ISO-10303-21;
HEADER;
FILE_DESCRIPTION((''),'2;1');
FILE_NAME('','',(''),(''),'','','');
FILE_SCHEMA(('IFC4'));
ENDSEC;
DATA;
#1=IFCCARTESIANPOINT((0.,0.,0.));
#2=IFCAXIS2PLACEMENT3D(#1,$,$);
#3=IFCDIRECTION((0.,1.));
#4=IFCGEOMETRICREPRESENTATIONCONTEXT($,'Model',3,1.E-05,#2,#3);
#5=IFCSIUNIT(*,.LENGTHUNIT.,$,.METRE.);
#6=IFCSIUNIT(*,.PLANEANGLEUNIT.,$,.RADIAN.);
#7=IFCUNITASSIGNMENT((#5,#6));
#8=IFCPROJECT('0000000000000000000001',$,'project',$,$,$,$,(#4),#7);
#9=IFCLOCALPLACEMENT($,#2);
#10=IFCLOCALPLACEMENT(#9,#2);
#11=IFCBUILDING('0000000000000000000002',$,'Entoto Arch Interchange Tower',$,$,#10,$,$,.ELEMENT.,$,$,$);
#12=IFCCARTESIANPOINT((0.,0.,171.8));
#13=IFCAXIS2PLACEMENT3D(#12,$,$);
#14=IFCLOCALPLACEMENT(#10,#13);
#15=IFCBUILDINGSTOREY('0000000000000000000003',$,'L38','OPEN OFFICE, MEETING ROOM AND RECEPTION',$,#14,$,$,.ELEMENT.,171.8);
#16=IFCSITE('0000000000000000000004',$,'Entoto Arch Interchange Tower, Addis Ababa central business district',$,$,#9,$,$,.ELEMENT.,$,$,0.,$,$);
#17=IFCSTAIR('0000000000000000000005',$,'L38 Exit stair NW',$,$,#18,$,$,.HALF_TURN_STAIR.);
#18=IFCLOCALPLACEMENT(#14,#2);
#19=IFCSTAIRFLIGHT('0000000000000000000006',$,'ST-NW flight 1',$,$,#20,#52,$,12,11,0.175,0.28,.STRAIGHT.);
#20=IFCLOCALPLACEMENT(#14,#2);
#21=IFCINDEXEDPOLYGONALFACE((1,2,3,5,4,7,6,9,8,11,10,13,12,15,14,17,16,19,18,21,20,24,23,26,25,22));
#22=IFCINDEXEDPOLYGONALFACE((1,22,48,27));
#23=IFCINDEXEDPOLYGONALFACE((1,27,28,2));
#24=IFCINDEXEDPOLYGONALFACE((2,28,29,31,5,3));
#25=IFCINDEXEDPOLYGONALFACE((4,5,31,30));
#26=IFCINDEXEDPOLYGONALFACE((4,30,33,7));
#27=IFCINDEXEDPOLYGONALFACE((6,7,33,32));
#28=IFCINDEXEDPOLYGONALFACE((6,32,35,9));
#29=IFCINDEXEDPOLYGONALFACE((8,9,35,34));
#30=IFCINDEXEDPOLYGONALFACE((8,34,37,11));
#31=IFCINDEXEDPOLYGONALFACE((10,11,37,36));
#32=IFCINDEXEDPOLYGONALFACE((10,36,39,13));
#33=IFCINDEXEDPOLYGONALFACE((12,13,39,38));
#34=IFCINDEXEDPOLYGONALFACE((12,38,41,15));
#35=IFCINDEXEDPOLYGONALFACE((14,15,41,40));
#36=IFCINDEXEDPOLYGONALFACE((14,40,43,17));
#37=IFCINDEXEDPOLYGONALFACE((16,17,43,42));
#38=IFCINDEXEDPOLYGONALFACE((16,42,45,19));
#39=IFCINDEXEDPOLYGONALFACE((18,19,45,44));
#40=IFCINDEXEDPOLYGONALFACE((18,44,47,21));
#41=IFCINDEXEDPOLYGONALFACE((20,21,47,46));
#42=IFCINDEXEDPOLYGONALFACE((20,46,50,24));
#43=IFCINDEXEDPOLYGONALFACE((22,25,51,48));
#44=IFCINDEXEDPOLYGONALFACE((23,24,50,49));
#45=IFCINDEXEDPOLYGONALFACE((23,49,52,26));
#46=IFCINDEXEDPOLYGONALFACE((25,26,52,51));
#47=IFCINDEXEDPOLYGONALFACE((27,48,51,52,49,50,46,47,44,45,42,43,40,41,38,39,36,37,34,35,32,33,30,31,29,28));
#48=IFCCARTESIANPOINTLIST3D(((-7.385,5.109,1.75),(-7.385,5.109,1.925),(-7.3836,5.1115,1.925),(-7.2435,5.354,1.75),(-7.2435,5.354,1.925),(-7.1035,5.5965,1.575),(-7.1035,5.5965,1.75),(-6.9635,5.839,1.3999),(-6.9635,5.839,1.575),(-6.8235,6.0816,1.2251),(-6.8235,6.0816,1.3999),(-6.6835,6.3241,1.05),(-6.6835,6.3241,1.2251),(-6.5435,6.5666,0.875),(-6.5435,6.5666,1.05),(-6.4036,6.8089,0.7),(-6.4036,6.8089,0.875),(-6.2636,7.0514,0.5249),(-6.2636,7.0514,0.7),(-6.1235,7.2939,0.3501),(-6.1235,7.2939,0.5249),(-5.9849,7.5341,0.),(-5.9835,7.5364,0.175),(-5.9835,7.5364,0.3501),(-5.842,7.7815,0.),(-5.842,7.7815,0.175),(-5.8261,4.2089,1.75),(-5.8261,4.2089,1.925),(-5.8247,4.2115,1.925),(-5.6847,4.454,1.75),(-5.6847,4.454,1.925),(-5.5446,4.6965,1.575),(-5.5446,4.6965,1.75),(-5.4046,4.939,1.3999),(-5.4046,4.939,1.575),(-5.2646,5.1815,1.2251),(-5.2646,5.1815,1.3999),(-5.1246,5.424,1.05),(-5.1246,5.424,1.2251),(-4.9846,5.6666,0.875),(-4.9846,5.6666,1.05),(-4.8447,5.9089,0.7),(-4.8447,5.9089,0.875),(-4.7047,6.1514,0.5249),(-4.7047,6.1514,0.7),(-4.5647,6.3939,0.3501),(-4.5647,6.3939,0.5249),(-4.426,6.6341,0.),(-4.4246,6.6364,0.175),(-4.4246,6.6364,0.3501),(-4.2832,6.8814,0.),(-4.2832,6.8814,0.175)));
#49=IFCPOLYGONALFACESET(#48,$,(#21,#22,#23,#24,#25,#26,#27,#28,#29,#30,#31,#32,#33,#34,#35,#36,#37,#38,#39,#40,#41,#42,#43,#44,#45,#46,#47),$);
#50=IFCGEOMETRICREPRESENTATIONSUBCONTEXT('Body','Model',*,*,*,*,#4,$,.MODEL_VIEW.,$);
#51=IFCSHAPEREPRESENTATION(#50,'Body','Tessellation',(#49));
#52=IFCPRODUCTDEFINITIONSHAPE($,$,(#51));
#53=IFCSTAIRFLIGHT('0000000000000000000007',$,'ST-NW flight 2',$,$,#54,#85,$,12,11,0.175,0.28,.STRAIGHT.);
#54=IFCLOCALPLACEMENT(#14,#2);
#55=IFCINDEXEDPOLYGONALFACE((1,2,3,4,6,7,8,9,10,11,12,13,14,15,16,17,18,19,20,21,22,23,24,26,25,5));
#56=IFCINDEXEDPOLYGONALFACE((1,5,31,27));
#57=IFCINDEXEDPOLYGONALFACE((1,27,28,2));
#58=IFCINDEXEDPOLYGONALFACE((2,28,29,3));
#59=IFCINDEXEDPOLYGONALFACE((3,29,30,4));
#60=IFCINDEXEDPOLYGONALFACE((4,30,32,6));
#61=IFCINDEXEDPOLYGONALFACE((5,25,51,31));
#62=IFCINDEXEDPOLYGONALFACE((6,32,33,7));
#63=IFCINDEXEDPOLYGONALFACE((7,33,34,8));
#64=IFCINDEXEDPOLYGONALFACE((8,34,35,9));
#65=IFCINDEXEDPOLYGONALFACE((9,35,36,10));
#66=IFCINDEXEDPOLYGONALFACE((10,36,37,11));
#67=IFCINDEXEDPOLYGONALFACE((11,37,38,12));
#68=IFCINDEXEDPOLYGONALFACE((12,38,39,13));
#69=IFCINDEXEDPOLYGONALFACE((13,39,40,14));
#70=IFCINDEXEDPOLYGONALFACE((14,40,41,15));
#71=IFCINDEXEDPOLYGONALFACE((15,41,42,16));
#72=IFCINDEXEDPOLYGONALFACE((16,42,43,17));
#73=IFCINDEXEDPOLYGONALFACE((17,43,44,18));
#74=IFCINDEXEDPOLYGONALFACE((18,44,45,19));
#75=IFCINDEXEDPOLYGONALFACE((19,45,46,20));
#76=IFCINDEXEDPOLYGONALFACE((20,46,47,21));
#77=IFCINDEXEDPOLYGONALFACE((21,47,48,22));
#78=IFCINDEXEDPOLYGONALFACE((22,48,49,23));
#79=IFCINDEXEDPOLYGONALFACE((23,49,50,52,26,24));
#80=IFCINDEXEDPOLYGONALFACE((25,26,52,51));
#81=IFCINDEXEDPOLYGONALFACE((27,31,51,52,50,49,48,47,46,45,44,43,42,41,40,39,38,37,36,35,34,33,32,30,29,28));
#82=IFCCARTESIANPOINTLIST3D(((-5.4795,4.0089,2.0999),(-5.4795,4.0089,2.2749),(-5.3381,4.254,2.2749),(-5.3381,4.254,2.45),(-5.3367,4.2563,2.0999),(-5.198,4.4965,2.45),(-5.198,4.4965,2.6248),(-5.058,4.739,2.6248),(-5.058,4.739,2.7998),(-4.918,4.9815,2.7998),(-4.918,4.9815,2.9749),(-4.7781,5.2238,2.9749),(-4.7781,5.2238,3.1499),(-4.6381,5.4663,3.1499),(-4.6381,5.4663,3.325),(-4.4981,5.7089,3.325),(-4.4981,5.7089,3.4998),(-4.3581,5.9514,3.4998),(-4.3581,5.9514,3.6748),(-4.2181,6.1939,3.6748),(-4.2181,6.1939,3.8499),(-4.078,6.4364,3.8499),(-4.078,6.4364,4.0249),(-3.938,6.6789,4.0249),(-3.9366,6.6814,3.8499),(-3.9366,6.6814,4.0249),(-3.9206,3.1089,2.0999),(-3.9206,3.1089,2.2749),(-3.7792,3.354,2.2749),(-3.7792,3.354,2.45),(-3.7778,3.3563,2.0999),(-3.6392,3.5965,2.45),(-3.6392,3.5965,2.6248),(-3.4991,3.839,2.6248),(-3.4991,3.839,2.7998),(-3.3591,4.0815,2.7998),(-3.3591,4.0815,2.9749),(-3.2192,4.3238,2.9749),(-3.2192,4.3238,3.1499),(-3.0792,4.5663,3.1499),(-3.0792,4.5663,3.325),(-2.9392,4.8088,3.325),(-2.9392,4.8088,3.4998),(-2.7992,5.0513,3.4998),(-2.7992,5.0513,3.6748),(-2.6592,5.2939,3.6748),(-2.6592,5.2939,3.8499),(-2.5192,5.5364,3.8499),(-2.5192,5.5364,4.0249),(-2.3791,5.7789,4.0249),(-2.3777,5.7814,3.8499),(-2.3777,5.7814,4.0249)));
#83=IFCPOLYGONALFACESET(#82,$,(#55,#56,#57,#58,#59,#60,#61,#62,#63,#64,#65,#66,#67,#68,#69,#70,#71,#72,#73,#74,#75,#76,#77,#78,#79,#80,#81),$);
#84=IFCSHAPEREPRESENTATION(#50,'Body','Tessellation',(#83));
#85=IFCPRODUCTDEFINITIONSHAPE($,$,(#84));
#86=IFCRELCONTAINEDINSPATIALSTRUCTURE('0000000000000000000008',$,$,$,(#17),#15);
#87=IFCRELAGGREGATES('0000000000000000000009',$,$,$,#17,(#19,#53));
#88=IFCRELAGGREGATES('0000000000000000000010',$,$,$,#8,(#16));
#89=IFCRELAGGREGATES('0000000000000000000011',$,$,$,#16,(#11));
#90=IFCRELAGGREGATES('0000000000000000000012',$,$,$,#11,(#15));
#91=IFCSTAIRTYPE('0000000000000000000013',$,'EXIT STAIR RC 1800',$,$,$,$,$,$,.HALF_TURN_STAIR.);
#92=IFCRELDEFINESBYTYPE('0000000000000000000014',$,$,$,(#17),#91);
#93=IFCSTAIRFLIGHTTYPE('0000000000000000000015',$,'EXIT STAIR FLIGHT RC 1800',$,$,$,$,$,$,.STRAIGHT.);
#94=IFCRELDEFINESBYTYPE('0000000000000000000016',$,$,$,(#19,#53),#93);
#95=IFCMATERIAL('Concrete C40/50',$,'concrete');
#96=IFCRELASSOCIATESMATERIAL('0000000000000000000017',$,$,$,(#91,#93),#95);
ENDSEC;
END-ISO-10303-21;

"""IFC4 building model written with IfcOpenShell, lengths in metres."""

from ifc_helpers import new_model, si_unit, direction, frame, origin, place, context, subcontext, project, spatial, polyline, outline, extrude, material, type_object, element, aggregate, save


model = new_model("IFC4")

# Units and contexts
model_context = context("Model", 3, precision=1e-05, world=origin(), true_north=direction((0.0, 1.0)))
body_context = subcontext(model_context, "Body", "Model", "MODEL_VIEW")
ifc_project = project(units=[si_unit("LENGTHUNIT", "METRE"), si_unit("PLANEANGLEUNIT", "RADIAN")], contexts=[model_context])

# Site, building, storey
site_placement = place(None, origin())
site = spatial("IfcSite", under=ifc_project, at=site_placement, Name="Entoto Arch Interchange Tower, Addis Ababa central business district", CompositionType="ELEMENT", RefElevation=0.0)
building_placement = place(site_placement, origin())
building = spatial("IfcBuilding", under=site, at=building_placement, Name="Entoto Arch Interchange Tower", CompositionType="ELEMENT")
storey_placement = place(building_placement, frame((0.0, 0.0, 171.8)))
storey = spatial("IfcBuildingStorey", under=building, at=storey_placement, Name="L38", Description="OPEN OFFICE, MEETING ROOM AND RECEPTION", CompositionType="ELEMENT", Elevation=171.8)

# Shared definitions
ifc_material_1 = material(Name="Concrete C40/50", Category="concrete")

# Stair, stair flights
stair_type = type_object("IfcStairType", Name="EXIT STAIR RC 1800", PredefinedType="HALF_TURN_STAIR", material=ifc_material_1)
stair_placement = place(storey_placement, origin())
stair = element("IfcStair", 1, at=stair_placement, inside=storey, type_object=stair_type, Name="L38 Exit stair NW", PredefinedType="HALF_TURN_STAIR")
stair_flight_type = type_object("IfcStairFlightType", Name="EXIT STAIR FLIGHT RC 1800", PredefinedType="STRAIGHT", material=ifc_material_1)
stair_flight_1_placement = place(storey_placement, frame((-5.064, 7.3289, 0.0), z_axis=(0.0, 0.0, 1.0), x_axis=(-0.5, -0.866025, 0.0)))
stair_flight_1 = element("IfcStairFlight", 2, at=stair_flight_1_placement, type_object=stair_flight_type, Name="ST-NW flight 1", NumberOfRisers=12, NumberOfTreads=11, PredefinedType="STRAIGHT", RiserHeight=0.175, TreadLength=0.28, context=body_context, shape_type="SweptSolid", body=[
    extrude(outline(polyline([(-0.0029, 0.0), (-0.0029, 0.175), (0.28, 0.175), (0.28, 0.3501), (0.5601, 0.3501), (0.5601, 0.5249), (0.8401, 0.5249), (0.8401, 0.7), (1.1201, 0.7), (1.1201, 0.875), (1.3999, 0.875), (1.3999, 1.05), (1.6799, 1.05), (1.6799, 1.2251), (1.96, 1.2251), (1.96, 1.3999), (2.24, 1.3999), (2.24, 1.575), (2.52, 1.575), (2.52, 1.75), (2.8, 1.75), (2.8, 1.925), (3.0801, 1.925), (3.083, 1.925), (3.083, 1.75), (0.2827, 0.0), (-0.0029, 0.0)])), frame((0.0, 0.8999, 0.0), z_axis=(0.0, -1.0, 0.0), x_axis=(1.0, 0.0, 0.0)), (0.0, 0.0, 1.0), 1.8),
])
stair_flight_2_placement = place(storey_placement, frame((-4.6987, 3.5615, 2.0999), z_axis=(0.0, 0.0, 1.0), x_axis=(0.5, 0.866025, 0.0)))
stair_flight_2 = element("IfcStairFlight", 3, at=stair_flight_2_placement, type_object=stair_flight_type, Name="ST-NW flight 2", NumberOfRisers=12, NumberOfTreads=11, PredefinedType="STRAIGHT", RiserHeight=0.175, TreadLength=0.28, context=body_context, shape_type="SweptSolid", body=[
    extrude(outline(polyline([(-0.0029, 0.0), (-0.0029, 0.175), (0.28, 0.175), (0.28, 0.3501), (0.5601, 0.3501), (0.5601, 0.5249), (0.8401, 0.5249), (0.8401, 0.7), (1.1201, 0.7), (1.1201, 0.875), (1.3999, 0.875), (1.3999, 1.05), (1.6799, 1.05), (1.6799, 1.2251), (1.96, 1.2251), (1.96, 1.3999), (2.24, 1.3999), (2.24, 1.575), (2.52, 1.575), (2.52, 1.75), (2.8, 1.75), (2.8, 1.925), (3.0801, 1.925), (3.083, 1.925), (3.083, 1.75), (0.2827, 0.0), (-0.0029, 0.0)])), frame((0.0, 0.8999, 0.0), z_axis=(0.0, -1.0, 0.0), x_axis=(1.0, 0.0, 0.0)), (0.0, 0.0, 1.0), 1.8),
])
aggregate(stair, [stair_flight_1, stair_flight_2])

save(model, "model.ifc")
